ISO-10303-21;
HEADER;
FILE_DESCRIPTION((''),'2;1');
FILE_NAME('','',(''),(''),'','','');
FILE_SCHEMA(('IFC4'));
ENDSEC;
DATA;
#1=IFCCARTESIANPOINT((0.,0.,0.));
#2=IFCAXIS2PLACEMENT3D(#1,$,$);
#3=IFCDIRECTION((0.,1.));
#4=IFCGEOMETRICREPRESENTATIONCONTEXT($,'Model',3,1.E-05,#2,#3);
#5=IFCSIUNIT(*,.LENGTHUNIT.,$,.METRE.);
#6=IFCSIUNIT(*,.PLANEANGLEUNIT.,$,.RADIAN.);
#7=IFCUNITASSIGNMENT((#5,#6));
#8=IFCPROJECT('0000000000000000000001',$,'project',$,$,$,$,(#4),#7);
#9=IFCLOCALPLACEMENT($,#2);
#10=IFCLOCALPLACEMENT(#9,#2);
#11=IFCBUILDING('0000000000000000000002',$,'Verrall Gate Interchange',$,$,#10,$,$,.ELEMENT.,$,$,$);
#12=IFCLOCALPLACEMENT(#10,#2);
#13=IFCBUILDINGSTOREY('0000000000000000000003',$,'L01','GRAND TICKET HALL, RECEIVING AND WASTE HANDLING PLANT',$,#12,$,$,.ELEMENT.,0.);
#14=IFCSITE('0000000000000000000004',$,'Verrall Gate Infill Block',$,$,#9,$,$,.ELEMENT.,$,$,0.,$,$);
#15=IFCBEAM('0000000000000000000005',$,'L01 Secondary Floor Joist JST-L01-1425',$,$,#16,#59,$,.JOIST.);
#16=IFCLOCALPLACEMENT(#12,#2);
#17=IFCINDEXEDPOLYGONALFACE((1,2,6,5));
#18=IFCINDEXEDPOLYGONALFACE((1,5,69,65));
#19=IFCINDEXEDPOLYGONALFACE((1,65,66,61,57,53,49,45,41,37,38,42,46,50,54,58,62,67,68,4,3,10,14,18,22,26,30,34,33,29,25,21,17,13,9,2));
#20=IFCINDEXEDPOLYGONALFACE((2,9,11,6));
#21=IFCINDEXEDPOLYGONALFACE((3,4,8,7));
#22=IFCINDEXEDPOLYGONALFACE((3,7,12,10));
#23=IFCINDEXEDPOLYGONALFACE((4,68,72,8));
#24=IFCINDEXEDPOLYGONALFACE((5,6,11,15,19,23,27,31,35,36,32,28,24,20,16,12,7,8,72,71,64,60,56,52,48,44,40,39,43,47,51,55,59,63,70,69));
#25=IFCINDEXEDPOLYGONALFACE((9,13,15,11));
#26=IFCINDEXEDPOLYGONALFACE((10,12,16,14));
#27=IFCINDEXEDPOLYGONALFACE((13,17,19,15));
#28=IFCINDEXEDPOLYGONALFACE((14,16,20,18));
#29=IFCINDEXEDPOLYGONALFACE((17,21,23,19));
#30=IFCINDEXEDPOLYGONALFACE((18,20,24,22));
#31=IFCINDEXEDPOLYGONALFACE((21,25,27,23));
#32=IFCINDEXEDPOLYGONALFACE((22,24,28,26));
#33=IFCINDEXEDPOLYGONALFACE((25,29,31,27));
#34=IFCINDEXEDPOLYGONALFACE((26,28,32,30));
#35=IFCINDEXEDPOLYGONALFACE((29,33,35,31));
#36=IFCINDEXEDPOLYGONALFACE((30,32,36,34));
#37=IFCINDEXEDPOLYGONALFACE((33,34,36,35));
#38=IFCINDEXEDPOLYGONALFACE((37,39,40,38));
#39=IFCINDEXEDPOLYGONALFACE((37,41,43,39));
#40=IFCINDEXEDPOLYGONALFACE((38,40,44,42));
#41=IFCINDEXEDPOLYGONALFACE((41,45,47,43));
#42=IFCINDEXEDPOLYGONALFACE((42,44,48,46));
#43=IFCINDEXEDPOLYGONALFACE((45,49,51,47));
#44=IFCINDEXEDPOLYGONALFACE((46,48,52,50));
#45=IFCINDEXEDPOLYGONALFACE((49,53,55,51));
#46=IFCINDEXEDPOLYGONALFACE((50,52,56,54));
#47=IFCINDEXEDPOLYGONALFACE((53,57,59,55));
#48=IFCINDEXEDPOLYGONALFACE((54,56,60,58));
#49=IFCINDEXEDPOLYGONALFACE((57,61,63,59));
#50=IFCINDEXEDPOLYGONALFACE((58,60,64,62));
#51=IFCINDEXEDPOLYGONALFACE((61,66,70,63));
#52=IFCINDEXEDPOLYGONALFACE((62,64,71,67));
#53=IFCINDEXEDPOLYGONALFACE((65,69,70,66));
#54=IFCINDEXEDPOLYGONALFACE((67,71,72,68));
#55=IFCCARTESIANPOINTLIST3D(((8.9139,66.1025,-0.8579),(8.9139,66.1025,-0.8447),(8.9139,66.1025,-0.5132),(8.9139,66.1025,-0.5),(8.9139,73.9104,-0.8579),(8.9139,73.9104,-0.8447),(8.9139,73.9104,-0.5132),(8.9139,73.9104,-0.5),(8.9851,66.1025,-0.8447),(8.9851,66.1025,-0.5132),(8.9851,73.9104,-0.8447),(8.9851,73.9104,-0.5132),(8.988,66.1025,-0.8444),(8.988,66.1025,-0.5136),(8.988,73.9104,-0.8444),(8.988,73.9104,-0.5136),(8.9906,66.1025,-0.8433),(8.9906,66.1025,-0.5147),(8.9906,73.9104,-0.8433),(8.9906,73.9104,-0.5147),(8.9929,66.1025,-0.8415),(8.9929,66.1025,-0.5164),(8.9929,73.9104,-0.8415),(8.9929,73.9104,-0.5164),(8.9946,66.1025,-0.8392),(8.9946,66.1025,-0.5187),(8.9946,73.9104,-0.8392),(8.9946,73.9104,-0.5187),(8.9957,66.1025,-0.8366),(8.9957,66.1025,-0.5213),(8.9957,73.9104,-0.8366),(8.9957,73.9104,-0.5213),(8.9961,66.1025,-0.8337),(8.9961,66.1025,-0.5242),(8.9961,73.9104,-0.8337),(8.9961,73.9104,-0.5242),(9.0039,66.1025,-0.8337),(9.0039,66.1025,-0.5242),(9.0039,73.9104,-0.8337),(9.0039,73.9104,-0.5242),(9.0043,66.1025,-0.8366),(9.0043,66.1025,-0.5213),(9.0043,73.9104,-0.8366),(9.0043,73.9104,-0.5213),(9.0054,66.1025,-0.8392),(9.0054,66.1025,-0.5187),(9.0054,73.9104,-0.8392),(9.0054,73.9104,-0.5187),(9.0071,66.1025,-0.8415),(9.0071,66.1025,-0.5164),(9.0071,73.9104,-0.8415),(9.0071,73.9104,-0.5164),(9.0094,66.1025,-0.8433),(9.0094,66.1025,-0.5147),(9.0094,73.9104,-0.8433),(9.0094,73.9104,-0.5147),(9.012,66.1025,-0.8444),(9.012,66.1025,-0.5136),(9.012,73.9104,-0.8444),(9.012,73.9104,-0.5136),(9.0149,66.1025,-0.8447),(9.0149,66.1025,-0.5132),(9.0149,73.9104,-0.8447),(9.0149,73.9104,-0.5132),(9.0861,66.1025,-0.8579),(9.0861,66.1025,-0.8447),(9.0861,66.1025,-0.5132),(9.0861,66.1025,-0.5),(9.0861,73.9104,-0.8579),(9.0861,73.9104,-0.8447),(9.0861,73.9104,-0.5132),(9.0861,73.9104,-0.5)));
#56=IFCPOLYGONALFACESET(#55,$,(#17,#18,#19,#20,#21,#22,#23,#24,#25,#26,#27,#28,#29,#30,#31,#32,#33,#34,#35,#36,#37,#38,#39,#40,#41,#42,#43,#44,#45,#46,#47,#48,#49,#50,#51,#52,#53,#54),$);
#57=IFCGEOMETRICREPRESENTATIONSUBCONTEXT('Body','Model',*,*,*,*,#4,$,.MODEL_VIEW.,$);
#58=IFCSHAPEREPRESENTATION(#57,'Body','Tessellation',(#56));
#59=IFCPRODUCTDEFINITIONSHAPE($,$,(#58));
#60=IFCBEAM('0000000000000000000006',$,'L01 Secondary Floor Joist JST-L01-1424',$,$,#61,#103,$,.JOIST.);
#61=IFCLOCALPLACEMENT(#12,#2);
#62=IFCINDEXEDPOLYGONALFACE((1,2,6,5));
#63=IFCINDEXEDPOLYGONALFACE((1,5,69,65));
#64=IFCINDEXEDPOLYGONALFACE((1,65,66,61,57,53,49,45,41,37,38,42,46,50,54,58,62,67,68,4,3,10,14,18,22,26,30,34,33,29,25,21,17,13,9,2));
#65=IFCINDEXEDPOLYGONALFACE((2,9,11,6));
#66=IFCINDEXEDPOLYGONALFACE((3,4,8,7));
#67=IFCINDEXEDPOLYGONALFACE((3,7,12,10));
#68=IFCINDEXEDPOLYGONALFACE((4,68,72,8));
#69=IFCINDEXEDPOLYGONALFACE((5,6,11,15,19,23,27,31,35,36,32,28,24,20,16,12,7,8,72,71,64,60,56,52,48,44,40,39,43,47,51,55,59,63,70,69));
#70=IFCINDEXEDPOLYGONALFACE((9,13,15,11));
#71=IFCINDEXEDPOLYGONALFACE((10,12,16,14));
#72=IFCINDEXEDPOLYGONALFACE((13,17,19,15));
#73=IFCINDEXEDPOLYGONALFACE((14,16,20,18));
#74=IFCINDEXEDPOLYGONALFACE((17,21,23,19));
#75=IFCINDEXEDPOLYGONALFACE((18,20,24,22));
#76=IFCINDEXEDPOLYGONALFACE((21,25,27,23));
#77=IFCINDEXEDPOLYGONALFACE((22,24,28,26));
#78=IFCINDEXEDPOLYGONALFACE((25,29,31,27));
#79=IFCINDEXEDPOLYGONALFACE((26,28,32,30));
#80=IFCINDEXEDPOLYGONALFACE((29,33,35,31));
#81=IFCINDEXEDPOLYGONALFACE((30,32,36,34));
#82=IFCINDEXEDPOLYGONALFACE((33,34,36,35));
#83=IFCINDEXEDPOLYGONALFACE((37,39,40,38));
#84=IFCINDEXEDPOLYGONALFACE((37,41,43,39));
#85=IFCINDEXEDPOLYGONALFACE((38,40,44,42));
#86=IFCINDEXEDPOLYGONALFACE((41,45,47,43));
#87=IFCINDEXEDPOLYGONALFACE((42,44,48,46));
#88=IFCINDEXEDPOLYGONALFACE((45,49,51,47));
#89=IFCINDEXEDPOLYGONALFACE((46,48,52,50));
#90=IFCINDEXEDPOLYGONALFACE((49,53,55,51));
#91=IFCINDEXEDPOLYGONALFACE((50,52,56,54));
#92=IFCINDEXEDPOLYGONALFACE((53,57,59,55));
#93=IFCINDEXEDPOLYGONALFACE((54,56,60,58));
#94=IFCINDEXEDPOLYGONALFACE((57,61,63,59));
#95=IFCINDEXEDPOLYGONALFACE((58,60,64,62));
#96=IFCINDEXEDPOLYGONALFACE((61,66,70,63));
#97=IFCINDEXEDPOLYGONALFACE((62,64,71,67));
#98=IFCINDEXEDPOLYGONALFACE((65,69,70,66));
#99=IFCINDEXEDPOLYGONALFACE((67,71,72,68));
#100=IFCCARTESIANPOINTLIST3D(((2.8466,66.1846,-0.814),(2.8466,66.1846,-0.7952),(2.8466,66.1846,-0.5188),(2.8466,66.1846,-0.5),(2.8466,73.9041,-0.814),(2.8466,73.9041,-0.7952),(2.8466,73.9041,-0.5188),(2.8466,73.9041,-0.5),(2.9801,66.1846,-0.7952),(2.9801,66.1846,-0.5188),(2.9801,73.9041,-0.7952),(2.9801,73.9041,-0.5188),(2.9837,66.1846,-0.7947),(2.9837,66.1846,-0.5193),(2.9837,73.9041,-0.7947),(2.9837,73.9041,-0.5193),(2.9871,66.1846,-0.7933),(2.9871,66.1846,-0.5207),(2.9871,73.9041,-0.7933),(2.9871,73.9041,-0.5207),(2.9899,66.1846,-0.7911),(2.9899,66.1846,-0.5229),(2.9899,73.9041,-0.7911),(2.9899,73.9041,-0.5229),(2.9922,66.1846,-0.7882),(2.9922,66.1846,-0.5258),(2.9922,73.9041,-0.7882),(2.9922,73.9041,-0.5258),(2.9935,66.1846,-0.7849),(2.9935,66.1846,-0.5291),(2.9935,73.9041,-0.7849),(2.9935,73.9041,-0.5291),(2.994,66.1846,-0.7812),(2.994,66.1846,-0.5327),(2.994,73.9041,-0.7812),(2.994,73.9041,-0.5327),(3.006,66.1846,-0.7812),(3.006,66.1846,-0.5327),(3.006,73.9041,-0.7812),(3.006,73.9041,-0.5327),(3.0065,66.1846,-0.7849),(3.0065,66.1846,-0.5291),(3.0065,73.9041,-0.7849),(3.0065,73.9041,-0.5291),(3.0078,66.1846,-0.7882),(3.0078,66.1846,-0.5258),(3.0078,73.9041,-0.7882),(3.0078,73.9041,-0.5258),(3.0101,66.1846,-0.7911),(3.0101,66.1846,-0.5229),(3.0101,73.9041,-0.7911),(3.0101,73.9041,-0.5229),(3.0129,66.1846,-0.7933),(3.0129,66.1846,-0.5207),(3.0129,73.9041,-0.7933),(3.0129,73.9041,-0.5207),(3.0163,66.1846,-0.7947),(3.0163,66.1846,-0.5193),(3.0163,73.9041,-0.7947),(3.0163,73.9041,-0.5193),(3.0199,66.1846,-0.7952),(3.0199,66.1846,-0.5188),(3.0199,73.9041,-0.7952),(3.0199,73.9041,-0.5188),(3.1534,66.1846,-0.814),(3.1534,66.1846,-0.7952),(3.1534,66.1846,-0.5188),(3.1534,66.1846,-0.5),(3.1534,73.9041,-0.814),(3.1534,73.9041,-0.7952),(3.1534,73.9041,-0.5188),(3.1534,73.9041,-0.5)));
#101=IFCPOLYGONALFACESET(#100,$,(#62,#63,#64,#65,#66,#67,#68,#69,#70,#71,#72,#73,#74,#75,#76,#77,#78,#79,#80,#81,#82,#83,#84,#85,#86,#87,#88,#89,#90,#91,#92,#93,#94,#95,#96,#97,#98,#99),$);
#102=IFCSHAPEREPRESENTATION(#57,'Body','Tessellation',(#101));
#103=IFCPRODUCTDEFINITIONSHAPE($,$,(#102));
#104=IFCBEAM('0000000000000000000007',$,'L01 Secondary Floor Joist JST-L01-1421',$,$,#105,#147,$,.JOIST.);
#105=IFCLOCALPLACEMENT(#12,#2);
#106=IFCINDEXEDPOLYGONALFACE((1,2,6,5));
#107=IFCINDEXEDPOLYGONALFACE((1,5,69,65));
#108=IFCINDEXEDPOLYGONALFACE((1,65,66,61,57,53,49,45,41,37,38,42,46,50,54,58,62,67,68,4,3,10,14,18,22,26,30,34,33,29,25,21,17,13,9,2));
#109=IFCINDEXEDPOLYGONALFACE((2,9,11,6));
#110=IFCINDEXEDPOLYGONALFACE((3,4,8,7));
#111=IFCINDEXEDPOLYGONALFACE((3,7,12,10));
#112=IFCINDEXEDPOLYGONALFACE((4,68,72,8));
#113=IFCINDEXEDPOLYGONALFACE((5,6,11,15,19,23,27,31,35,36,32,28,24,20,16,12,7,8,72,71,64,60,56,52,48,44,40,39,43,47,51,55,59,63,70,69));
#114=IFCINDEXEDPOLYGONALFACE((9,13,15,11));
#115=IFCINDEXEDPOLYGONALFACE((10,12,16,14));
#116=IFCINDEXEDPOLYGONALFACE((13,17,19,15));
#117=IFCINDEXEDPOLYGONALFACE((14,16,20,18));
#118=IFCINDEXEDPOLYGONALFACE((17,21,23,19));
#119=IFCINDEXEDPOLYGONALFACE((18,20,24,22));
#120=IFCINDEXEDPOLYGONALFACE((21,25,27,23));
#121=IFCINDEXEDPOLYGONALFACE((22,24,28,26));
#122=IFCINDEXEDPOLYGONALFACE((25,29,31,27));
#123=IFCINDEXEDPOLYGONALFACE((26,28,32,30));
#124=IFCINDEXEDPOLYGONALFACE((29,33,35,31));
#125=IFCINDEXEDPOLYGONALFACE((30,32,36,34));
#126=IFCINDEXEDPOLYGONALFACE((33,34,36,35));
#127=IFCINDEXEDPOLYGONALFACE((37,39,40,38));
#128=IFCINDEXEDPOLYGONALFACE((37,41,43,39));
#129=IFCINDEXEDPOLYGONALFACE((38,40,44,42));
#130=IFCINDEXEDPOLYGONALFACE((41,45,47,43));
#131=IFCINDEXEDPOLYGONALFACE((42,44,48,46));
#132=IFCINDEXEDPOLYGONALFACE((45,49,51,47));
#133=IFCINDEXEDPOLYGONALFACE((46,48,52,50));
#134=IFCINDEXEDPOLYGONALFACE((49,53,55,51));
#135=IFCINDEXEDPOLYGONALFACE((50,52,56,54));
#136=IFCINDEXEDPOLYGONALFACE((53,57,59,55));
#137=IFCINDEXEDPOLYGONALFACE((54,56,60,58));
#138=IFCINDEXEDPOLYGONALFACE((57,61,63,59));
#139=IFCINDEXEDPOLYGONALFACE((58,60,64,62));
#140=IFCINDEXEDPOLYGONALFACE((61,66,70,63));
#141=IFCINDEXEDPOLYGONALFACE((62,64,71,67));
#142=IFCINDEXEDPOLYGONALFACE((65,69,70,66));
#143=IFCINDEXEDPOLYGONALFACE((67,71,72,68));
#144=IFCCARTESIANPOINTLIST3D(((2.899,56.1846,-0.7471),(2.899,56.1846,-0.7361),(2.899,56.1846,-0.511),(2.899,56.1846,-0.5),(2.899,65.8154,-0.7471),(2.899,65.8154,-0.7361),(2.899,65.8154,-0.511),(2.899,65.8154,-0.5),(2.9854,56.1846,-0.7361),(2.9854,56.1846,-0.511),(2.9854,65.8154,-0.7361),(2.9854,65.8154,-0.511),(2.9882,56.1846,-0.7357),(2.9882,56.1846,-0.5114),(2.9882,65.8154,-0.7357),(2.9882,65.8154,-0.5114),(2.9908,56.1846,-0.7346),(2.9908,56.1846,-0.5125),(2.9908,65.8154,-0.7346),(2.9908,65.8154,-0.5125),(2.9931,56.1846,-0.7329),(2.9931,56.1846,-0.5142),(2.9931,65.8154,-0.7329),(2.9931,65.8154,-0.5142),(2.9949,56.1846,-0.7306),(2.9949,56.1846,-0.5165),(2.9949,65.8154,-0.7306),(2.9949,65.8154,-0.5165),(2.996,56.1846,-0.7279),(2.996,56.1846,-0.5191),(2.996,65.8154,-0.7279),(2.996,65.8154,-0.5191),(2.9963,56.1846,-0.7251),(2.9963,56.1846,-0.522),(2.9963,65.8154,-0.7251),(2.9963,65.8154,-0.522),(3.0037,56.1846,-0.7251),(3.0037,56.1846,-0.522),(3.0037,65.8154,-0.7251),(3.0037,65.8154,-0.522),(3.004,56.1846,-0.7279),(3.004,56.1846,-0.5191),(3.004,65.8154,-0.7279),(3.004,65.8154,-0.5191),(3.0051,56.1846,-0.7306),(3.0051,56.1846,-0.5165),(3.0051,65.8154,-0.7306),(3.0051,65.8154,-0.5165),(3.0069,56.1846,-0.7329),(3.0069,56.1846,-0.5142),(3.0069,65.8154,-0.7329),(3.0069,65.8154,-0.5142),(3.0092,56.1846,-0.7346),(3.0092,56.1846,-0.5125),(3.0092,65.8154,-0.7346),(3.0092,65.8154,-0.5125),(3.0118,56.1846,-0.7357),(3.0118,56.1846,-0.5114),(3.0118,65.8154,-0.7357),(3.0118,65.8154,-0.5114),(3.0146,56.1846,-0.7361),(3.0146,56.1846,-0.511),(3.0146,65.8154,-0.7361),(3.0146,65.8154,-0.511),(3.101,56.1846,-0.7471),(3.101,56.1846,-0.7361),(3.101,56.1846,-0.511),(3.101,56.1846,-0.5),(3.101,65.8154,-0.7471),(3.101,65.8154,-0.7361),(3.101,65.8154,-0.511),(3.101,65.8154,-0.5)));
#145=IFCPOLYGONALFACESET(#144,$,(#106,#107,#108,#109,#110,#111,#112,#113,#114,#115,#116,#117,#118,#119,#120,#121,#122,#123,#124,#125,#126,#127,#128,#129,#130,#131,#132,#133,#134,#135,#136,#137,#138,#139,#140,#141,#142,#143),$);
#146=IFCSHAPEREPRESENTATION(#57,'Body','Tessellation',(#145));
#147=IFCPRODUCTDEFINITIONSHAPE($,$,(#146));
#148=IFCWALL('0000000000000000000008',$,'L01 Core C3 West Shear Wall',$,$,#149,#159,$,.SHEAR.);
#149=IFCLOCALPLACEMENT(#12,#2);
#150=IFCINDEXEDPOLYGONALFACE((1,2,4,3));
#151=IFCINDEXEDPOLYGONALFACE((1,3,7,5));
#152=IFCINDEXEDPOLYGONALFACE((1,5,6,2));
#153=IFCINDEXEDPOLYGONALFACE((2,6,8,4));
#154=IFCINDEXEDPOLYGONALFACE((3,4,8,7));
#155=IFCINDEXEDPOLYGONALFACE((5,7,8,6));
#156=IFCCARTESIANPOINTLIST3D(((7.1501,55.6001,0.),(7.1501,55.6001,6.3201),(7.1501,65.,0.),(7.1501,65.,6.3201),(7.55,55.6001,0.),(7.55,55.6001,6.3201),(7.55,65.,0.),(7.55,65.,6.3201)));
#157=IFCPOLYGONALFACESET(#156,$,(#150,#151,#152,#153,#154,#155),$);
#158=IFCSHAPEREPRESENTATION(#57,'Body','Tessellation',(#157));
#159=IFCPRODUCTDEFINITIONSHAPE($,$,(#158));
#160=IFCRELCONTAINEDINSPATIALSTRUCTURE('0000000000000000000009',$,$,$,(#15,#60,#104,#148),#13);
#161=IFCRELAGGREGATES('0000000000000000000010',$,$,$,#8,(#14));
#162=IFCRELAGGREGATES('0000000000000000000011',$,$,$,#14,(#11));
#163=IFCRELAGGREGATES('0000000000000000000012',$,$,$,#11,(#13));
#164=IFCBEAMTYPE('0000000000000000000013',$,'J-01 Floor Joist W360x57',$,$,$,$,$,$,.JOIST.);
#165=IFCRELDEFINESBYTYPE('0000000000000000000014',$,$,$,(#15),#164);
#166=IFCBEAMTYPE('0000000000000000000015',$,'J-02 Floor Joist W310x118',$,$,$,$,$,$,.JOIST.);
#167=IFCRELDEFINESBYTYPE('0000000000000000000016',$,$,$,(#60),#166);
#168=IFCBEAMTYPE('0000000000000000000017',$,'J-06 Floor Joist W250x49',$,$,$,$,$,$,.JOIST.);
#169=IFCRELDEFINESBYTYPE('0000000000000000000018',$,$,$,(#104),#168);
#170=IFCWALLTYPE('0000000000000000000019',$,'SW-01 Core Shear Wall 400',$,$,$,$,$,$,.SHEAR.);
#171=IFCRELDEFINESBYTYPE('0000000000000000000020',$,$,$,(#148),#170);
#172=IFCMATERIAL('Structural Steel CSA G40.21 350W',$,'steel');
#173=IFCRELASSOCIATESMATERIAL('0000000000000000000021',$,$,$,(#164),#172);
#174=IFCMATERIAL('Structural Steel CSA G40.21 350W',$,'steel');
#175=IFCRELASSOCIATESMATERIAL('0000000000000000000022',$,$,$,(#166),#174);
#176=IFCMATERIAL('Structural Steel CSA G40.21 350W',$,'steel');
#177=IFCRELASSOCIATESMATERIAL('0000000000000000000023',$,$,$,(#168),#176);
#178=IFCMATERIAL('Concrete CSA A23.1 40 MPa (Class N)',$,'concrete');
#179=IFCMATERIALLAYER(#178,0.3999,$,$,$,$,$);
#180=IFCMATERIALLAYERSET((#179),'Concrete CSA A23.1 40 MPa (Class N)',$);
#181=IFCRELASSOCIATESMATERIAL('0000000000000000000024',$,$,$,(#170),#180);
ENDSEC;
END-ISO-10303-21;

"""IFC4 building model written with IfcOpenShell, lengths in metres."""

from ifc_helpers import new_model, si_unit, direction, frame, frame_2d, origin, origin_2d, place, context, subcontext, project, spatial, rectangle, i_section, extrude, material, layer, layer_set, material_profile, profile_set, type_object, element, save


model = new_model("IFC4")

# Units and contexts
model_context = context("Model", 3, precision=1e-05, world=origin(), true_north=direction((0.0, 1.0)))
body_context = subcontext(model_context, "Body", "Model", "MODEL_VIEW")
ifc_project = project(units=[si_unit("LENGTHUNIT", "METRE"), si_unit("PLANEANGLEUNIT", "RADIAN")], contexts=[model_context])

# Site, building, storey
site_placement = place(None, origin())
site = spatial("IfcSite", under=ifc_project, at=site_placement, Name="Verrall Gate Infill Block", CompositionType="ELEMENT", RefElevation=0.0)
building_placement = place(site_placement, origin())
building = spatial("IfcBuilding", under=site, at=building_placement, Name="Verrall Gate Interchange", CompositionType="ELEMENT")
storey_placement = place(building_placement, origin())
storey = spatial("IfcBuildingStorey", under=building, at=storey_placement, Name="L01", Description="GRAND TICKET HALL, RECEIVING AND WASTE HANDLING PLANT", CompositionType="ELEMENT", Elevation=0.0)

# Beams
ifc_material_1 = material(Name="Structural Steel CSA G40.21 350W", Category="steel")
ifc_material_profile_1 = material_profile(ifc_material_1, i_section(OverallWidth=0.1721, OverallDepth=0.3579, WebThickness=0.0078, FlangeThickness=0.0132, FilletRadius=0.011, at=origin_2d()), Name="W360x57")
ifc_profile_set_1 = profile_set([ifc_material_profile_1], Name="Structural Steel CSA G40.21 350W")
beam_type_1 = type_object("IfcBeamType", Name="J-01 Floor Joist W360x57", PredefinedType="JOIST", material=ifc_profile_set_1)
beam_1_placement = place(storey_placement, frame((9.0, 66.1025, -0.679), z_axis=(0.0, 1.0, 0.0), x_axis=(-1.0, 0.0, 0.0)))
element("IfcBeam", 1, at=beam_1_placement, inside=storey, type_object=beam_type_1, Name="L01 Secondary Floor Joist JST-L01-1425", PredefinedType="JOIST", context=body_context, shape_type="SweptSolid", body=[
    extrude(i_section(OverallWidth=0.1721, OverallDepth=0.3579, WebThickness=0.0078, FlangeThickness=0.0132, FilletRadius=0.011, at=origin_2d()), origin(), (0.0, 0.0, 1.0), 7.8079),
])
ifc_material_2 = material(Name="Structural Steel CSA G40.21 350W", Category="steel")
ifc_material_profile_2 = material_profile(ifc_material_2, i_section(OverallWidth=0.3069, OverallDepth=0.314, WebThickness=0.012, FlangeThickness=0.0188, FilletRadius=0.0139, at=origin_2d()), Name="W310x118")
ifc_profile_set_2 = profile_set([ifc_material_profile_2], Name="Structural Steel CSA G40.21 350W")
beam_type_2 = type_object("IfcBeamType", Name="J-02 Floor Joist W310x118", PredefinedType="JOIST", material=ifc_profile_set_2)
beam_2_placement = place(storey_placement, frame((3.0, 66.1846, -0.657), z_axis=(0.0, 1.0, 0.0), x_axis=(-1.0, 0.0, 0.0)))
element("IfcBeam", 2, at=beam_2_placement, inside=storey, type_object=beam_type_2, Name="L01 Secondary Floor Joist JST-L01-1424", PredefinedType="JOIST", context=body_context, shape_type="SweptSolid", body=[
    extrude(i_section(OverallWidth=0.3069, OverallDepth=0.314, WebThickness=0.012, FlangeThickness=0.0188, FilletRadius=0.0139, at=origin_2d()), origin(), (0.0, 0.0, 1.0), 7.7195),
])
ifc_material_3 = material(Name="Structural Steel CSA G40.21 350W", Category="steel")
ifc_material_profile_3 = material_profile(ifc_material_3, i_section(OverallWidth=0.2019, OverallDepth=0.2471, WebThickness=0.0073, FlangeThickness=0.011, FilletRadius=0.011, at=origin_2d()), Name="W250x49")
ifc_profile_set_3 = profile_set([ifc_material_profile_3], Name="Structural Steel CSA G40.21 350W")
beam_type_3 = type_object("IfcBeamType", Name="J-06 Floor Joist W250x49", PredefinedType="JOIST", material=ifc_profile_set_3)
beam_3_placement = place(storey_placement, frame((3.0, 56.1846, -0.6235), z_axis=(0.0, 1.0, 0.0), x_axis=(-1.0, 0.0, 0.0)))
element("IfcBeam", 3, at=beam_3_placement, inside=storey, type_object=beam_type_3, Name="L01 Secondary Floor Joist JST-L01-1421", PredefinedType="JOIST", context=body_context, shape_type="SweptSolid", body=[
    extrude(i_section(OverallWidth=0.2019, OverallDepth=0.2471, WebThickness=0.0073, FlangeThickness=0.011, FilletRadius=0.011, at=origin_2d()), origin(), (0.0, 0.0, 1.0), 9.6309),
])

# Wall
ifc_material_4 = material(Name="Concrete CSA A23.1 40 MPa (Class N)", Category="concrete")
ifc_layer = layer(ifc_material_4, 0.3999)
ifc_layer_set = layer_set([ifc_layer], Name="Concrete CSA A23.1 40 MPa (Class N)")
wall_type = type_object("IfcWallType", Name="SW-01 Core Shear Wall 400", PredefinedType="SHEAR", material=ifc_layer_set)
wall_placement = place(storey_placement, frame((7.3501, 65.0, 0.0), z_axis=(0.0, 0.0, 1.0), x_axis=(0.0, -1.0, 0.0)))
element("IfcWall", 4, at=wall_placement, inside=storey, type_object=wall_type, Name="L01 Core C3 West Shear Wall", PredefinedType="SHEAR", context=body_context, shape_type="SweptSolid", body=[
    extrude(rectangle(XDim=9.3999, YDim=0.3999, at=frame_2d((4.7, 0.0))), origin(), (0.0, 0.0, 1.0), 6.3201),
])

save(model, "model.ifc")
